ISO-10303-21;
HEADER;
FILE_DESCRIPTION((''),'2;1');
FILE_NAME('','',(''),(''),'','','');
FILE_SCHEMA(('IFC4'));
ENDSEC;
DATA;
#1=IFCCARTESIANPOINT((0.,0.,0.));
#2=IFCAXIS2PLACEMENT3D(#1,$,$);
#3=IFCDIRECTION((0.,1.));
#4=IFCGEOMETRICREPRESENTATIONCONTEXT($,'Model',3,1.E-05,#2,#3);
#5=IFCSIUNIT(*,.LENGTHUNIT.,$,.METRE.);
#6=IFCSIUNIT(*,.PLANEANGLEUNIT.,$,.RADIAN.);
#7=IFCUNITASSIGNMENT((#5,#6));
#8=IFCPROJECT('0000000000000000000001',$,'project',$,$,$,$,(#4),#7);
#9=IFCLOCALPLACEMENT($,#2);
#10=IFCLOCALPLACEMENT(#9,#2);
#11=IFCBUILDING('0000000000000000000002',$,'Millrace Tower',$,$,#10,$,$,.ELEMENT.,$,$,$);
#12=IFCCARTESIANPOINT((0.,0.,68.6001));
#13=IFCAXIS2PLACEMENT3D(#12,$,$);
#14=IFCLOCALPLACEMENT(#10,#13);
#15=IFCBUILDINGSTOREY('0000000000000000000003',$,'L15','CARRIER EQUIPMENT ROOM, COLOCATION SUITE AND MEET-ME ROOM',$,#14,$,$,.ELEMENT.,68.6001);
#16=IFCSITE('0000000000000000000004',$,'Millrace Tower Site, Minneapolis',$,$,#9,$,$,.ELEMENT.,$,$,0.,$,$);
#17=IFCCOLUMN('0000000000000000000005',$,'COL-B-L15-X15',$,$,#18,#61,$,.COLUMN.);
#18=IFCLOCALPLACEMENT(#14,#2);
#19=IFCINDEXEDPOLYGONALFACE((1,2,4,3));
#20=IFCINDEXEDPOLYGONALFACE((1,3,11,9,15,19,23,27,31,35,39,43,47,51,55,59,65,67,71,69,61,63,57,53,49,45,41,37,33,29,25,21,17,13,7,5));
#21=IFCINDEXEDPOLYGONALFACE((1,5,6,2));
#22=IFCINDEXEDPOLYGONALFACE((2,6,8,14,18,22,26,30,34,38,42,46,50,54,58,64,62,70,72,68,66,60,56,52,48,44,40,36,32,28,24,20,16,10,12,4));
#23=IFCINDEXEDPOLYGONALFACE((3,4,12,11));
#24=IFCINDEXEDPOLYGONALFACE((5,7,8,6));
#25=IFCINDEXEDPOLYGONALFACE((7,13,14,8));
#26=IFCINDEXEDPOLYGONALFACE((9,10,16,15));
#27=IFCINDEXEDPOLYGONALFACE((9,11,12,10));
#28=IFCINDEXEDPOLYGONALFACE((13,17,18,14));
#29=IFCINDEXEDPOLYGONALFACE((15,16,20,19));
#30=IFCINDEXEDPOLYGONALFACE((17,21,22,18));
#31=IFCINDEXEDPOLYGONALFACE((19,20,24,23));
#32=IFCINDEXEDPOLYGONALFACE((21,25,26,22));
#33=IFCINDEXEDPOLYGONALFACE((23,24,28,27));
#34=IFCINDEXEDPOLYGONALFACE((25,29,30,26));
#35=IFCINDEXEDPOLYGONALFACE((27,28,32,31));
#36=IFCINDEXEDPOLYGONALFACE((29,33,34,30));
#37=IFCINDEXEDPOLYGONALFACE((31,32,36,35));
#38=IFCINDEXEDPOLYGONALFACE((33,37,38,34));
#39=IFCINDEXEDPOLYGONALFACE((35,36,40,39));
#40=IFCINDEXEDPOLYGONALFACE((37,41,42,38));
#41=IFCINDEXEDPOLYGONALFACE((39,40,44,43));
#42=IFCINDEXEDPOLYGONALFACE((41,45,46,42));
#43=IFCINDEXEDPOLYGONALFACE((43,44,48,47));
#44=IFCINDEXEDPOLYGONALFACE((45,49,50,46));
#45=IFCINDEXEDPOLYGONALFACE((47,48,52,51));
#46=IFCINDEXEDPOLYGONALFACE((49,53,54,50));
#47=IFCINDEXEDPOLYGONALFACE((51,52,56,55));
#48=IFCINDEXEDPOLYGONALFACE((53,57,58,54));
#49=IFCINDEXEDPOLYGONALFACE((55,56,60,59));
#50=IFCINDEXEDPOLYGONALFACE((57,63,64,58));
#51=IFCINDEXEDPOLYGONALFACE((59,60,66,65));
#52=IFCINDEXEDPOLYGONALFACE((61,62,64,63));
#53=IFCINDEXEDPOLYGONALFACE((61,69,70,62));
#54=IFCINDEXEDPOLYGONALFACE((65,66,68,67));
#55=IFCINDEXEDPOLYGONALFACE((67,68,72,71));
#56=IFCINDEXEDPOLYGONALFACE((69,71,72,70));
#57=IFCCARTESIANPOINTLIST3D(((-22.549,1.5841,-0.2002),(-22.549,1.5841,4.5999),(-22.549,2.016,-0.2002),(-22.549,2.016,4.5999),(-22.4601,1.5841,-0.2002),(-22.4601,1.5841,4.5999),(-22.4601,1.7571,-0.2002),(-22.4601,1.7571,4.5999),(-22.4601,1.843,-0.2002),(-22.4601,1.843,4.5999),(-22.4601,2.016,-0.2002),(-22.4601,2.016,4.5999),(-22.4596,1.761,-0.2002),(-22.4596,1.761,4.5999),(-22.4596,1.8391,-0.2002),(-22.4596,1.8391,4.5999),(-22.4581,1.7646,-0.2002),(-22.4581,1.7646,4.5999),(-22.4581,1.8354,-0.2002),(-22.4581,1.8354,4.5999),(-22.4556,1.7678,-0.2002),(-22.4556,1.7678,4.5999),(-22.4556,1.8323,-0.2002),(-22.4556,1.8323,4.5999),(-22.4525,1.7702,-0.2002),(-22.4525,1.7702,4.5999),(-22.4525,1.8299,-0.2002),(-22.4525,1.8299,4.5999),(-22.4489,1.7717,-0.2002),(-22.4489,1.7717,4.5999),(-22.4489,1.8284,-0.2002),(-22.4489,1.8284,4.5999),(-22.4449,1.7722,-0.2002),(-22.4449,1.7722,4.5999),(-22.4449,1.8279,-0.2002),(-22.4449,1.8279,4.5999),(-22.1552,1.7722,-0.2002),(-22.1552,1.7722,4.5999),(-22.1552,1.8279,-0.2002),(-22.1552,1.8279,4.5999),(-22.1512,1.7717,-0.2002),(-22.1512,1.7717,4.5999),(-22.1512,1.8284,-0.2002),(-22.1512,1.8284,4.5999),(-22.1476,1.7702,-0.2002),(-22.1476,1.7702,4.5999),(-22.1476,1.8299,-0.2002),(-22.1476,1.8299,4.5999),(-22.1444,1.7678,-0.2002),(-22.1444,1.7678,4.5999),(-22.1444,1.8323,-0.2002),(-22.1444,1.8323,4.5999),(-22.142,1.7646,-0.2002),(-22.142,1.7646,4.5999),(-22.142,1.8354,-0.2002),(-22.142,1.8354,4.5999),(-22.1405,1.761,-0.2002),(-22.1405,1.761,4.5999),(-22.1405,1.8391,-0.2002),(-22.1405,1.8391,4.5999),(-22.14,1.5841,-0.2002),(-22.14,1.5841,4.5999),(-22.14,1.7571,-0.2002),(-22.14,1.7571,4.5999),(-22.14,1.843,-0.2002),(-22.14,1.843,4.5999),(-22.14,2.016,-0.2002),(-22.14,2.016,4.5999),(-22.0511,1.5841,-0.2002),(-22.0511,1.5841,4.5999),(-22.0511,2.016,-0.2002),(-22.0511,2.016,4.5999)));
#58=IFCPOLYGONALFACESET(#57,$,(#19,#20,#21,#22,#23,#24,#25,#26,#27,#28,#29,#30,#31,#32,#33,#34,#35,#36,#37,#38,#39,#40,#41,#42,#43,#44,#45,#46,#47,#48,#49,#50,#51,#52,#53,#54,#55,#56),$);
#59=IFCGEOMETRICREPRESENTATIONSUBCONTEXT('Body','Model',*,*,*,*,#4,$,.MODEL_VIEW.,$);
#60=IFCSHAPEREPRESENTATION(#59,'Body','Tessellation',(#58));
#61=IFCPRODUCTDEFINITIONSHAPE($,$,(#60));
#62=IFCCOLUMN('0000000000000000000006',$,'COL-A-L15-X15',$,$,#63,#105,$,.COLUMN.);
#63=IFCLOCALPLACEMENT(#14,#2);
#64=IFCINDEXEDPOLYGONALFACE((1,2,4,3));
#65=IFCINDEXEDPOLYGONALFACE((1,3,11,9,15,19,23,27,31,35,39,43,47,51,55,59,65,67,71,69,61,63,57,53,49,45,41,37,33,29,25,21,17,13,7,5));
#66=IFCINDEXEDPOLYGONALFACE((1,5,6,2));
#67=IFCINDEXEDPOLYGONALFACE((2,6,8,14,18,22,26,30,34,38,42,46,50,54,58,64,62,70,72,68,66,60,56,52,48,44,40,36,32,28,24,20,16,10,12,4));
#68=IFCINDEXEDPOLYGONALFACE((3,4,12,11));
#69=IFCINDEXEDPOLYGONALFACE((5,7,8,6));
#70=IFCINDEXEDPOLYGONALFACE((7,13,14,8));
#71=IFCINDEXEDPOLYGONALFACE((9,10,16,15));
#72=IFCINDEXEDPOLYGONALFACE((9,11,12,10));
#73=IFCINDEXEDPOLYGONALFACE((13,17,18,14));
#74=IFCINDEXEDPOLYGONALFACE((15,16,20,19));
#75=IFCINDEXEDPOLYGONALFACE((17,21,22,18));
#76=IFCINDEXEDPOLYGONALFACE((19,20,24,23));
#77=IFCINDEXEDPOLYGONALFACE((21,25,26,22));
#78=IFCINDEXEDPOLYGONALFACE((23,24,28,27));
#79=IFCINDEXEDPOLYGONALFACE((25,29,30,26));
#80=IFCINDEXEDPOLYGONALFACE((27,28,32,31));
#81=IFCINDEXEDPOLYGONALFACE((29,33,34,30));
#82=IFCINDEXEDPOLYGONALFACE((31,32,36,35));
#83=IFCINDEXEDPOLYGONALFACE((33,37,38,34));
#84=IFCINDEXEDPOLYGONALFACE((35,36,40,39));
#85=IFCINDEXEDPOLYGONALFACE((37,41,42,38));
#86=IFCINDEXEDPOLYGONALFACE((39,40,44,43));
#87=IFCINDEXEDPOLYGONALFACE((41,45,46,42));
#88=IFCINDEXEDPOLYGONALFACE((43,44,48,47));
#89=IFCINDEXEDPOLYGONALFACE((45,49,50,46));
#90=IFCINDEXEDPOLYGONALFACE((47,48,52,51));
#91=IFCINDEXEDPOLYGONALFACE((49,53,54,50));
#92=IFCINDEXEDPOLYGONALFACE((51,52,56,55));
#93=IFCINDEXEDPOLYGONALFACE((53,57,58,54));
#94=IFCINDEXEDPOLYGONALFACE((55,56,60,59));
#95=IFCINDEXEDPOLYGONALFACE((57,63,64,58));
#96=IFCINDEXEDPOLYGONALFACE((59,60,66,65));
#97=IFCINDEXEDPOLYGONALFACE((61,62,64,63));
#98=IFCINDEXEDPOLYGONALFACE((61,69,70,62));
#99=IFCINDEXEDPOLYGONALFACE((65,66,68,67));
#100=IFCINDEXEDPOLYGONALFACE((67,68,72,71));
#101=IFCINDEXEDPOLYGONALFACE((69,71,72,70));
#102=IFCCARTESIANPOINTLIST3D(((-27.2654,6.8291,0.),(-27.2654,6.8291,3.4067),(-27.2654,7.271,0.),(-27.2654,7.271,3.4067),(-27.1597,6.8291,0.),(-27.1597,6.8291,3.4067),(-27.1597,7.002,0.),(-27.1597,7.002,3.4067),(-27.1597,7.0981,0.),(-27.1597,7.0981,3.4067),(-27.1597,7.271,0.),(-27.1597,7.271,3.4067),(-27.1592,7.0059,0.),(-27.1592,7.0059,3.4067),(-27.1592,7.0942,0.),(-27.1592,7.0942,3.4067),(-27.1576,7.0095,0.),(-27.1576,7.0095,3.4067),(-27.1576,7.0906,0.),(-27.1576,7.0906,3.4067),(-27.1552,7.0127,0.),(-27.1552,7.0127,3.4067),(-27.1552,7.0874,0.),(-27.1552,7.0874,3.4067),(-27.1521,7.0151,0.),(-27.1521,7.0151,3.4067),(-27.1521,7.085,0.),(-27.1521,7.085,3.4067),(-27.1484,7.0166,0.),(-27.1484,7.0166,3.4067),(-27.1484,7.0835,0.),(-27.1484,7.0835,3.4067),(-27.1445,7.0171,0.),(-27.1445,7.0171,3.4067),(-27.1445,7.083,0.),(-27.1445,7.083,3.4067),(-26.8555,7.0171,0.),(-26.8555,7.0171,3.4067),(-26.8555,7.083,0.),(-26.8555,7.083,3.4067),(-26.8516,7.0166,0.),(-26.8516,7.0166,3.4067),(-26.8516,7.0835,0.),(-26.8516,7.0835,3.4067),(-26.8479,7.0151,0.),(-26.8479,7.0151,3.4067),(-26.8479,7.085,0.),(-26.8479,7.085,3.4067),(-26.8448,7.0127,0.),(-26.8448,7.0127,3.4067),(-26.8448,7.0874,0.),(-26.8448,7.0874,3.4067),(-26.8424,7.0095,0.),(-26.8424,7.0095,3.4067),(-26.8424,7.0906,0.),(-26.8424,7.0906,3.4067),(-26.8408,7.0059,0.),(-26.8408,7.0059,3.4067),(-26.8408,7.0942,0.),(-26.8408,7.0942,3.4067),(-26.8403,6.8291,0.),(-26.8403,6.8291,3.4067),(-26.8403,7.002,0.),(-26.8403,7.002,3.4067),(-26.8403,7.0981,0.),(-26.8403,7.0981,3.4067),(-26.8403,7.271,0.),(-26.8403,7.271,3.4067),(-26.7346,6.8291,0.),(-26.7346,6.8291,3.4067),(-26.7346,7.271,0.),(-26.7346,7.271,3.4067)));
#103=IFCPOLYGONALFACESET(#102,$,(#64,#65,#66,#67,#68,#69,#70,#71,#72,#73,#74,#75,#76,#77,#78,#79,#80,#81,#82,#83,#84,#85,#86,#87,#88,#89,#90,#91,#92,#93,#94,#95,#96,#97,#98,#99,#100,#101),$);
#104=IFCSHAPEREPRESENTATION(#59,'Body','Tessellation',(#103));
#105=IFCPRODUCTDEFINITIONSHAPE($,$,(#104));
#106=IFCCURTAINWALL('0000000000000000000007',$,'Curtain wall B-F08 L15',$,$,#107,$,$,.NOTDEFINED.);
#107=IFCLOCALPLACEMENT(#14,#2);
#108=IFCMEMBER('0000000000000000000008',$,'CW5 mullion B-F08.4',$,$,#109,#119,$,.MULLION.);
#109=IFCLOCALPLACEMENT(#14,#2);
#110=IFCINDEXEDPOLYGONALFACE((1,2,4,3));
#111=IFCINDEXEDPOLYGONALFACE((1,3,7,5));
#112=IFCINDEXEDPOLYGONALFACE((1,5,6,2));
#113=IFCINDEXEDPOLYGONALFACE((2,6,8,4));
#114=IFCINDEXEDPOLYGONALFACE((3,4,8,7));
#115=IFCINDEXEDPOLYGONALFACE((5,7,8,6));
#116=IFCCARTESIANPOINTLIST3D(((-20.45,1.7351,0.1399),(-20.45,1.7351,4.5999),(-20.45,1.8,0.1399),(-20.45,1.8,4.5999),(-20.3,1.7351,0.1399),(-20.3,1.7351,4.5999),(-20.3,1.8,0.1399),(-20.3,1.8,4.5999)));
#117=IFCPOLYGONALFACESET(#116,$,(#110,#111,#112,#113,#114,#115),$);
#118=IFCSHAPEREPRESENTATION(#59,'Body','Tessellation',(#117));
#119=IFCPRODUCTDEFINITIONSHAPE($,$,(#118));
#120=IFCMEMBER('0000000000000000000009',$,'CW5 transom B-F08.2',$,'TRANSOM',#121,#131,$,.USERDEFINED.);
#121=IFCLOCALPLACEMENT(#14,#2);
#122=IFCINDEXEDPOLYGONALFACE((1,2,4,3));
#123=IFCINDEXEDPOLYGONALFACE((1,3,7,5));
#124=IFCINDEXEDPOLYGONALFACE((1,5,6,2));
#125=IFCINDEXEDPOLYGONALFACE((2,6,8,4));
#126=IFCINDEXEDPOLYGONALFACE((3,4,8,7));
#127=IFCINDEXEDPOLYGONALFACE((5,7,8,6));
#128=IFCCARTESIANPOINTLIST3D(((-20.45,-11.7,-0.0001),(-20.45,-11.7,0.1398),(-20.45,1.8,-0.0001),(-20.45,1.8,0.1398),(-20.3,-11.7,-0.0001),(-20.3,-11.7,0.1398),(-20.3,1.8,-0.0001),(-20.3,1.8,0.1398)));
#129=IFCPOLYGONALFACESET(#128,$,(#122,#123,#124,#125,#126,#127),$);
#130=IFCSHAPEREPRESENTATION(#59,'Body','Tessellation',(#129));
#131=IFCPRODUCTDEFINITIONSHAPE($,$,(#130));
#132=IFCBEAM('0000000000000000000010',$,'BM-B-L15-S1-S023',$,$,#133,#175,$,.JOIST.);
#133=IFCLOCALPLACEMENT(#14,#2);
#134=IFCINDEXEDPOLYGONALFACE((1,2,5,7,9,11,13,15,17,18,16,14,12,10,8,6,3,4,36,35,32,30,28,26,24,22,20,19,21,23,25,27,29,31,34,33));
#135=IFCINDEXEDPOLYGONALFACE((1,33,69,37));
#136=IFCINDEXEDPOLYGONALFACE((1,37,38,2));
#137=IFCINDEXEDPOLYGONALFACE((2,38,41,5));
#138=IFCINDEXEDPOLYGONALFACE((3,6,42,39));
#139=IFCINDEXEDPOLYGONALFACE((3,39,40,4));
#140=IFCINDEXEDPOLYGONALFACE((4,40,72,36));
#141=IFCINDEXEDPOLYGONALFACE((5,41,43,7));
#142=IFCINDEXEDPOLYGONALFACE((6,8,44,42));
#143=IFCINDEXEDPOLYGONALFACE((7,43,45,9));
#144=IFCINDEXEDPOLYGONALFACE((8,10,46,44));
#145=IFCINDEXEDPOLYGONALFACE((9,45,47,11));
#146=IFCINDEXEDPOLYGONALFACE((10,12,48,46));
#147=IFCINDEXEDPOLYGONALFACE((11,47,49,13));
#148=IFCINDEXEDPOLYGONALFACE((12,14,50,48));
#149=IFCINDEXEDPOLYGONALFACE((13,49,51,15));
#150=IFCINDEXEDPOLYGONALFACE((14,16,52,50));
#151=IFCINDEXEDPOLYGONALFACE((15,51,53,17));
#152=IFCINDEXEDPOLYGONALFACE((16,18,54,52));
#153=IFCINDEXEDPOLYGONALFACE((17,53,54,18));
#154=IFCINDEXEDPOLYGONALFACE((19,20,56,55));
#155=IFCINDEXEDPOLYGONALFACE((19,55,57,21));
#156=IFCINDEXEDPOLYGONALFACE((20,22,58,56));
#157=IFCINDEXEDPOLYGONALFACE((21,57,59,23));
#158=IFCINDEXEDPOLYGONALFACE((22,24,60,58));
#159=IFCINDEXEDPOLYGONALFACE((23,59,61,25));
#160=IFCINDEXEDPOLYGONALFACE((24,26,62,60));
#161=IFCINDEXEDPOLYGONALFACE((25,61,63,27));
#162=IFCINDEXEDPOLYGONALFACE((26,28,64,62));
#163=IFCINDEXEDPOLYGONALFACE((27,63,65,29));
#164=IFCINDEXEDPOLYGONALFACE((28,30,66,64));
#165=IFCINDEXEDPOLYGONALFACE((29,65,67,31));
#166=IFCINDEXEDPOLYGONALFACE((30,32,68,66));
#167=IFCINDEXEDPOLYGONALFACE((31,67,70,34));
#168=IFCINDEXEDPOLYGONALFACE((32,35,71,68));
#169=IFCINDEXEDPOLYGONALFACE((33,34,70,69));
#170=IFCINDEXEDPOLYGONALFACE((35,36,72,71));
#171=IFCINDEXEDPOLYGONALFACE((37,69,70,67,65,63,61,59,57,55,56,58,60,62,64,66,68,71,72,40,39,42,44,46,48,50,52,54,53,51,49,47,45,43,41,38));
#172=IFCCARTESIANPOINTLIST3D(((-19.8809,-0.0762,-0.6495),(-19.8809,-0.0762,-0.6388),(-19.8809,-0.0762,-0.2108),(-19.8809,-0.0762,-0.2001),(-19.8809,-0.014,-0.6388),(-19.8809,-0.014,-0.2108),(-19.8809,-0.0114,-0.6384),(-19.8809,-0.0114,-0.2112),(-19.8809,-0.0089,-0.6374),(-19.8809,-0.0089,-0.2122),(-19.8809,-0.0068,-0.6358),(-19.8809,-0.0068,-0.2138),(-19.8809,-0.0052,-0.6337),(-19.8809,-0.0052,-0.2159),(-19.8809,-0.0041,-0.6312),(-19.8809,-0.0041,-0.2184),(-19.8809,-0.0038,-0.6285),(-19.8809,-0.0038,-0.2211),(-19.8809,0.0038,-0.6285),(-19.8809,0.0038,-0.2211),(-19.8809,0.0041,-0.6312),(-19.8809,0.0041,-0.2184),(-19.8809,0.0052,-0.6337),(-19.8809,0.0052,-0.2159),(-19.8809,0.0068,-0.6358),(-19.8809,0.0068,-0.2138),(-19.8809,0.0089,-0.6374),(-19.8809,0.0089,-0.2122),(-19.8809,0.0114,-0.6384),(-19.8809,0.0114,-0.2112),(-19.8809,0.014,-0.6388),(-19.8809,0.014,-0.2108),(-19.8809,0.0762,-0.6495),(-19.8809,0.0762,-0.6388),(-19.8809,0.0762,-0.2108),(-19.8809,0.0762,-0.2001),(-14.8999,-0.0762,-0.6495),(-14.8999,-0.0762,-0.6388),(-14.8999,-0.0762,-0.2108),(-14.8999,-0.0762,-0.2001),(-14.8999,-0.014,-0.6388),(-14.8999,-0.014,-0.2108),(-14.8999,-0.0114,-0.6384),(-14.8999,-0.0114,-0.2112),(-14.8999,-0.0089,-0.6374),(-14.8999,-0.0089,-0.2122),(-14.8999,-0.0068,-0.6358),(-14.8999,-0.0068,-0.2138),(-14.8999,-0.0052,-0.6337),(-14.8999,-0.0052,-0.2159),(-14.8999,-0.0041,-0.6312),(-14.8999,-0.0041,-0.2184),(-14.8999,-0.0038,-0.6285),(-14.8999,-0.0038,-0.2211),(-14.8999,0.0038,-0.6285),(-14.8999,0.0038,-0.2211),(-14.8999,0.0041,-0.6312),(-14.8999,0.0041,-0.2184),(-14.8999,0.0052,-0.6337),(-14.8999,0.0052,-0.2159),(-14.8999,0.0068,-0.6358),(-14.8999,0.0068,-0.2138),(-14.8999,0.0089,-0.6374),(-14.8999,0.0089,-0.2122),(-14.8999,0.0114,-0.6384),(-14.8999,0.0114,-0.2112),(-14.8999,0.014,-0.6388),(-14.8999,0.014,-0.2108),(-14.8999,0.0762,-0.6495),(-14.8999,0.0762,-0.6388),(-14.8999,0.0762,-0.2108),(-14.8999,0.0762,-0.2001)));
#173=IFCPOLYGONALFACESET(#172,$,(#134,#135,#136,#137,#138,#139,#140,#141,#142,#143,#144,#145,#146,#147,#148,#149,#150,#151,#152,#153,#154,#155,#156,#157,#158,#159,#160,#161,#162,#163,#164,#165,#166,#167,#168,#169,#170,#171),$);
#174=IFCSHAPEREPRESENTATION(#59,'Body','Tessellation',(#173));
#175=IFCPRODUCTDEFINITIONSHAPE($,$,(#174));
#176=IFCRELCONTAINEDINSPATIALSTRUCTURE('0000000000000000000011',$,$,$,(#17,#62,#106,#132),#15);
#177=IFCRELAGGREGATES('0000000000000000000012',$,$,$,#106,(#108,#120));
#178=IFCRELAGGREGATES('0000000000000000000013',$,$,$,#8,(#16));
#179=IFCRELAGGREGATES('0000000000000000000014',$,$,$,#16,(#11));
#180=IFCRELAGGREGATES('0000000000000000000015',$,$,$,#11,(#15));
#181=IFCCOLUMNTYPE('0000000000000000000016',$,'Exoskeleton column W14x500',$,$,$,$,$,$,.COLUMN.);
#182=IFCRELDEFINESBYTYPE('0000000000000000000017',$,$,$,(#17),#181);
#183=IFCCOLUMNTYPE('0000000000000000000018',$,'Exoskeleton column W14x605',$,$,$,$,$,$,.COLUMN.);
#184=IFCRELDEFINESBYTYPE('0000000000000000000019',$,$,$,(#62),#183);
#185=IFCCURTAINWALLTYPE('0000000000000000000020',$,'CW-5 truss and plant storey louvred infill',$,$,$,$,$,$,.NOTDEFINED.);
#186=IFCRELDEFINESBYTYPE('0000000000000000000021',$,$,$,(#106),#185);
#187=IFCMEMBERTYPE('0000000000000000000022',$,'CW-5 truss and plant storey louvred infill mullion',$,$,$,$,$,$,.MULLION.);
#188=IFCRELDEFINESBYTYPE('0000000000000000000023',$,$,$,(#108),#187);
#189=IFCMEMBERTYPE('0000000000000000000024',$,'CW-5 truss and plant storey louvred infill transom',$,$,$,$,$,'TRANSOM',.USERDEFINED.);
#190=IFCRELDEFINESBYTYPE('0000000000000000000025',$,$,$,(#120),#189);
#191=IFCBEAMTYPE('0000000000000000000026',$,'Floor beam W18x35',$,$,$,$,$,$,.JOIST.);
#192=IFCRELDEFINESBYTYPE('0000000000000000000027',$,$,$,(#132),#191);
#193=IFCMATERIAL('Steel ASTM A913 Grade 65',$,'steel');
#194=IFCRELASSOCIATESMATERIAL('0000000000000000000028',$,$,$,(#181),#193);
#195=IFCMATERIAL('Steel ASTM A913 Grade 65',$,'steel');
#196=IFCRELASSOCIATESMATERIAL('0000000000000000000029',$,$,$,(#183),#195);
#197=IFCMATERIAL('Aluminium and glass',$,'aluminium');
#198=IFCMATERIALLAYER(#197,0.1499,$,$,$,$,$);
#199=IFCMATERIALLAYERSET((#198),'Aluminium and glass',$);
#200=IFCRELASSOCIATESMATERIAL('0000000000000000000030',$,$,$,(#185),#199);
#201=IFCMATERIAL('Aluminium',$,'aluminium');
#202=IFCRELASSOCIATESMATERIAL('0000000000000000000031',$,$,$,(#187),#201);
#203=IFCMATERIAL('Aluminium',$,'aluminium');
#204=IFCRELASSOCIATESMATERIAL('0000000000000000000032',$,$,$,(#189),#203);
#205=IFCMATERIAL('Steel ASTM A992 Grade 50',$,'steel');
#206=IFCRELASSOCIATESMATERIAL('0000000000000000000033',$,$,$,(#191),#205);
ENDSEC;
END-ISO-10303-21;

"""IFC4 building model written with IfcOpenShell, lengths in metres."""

from ifc_helpers import new_model, si_unit, direction, frame, origin, origin_2d, place, context, subcontext, project, spatial, rectangle, i_section, extrude, material, layer, layer_set, material_profile, profile_set, type_object, element, aggregate, save


model = new_model("IFC4")

# Units and contexts
model_context = context("Model", 3, precision=1e-05, world=origin(), true_north=direction((0.0, 1.0)))
body_context = subcontext(model_context, "Body", "Model", "MODEL_VIEW")
ifc_project = project(units=[si_unit("LENGTHUNIT", "METRE"), si_unit("PLANEANGLEUNIT", "RADIAN")], contexts=[model_context])

# Site, building, storey
site_placement = place(None, origin())
site = spatial("IfcSite", under=ifc_project, at=site_placement, Name="Millrace Tower Site, Minneapolis", CompositionType="ELEMENT", RefElevation=0.0)
building_placement = place(site_placement, origin())
building = spatial("IfcBuilding", under=site, at=building_placement, Name="Millrace Tower", CompositionType="ELEMENT")
storey_placement = place(building_placement, frame((0.0, 0.0, 68.6001)))
storey = spatial("IfcBuildingStorey", under=building, at=storey_placement, Name="L15", Description="CARRIER EQUIPMENT ROOM, COLOCATION SUITE AND MEET-ME ROOM", CompositionType="ELEMENT", Elevation=68.6001)

# Columns
ifc_material_1 = material(Name="Steel ASTM A913 Grade 65", Category="steel")
ifc_material_profile_1 = material_profile(ifc_material_1, i_section(OverallWidth=0.4319, OverallDepth=0.4978, WebThickness=0.0557, FlangeThickness=0.0889, FilletRadius=0.0151, at=origin_2d()))
ifc_profile_set_1 = profile_set([ifc_material_profile_1], Name="Steel ASTM A913 Grade 65")
column_type_1 = type_object("IfcColumnType", Name="Exoskeleton column W14x500", PredefinedType="COLUMN", material=ifc_profile_set_1)
column_1_placement = place(storey_placement, frame((-22.3, 1.8, -0.2002), z_axis=(0.0, 0.0, 1.0), x_axis=(0.0, -1.0, 0.0)))
element("IfcColumn", 1, at=column_1_placement, inside=storey, type_object=column_type_1, Name="COL-B-L15-X15", PredefinedType="COLUMN", context=body_context, shape_type="SweptSolid", body=[
    extrude(i_section(OverallWidth=0.4319, OverallDepth=0.4978, WebThickness=0.0557, FlangeThickness=0.0889, FilletRadius=0.0151, at=origin_2d()), origin(), (0.0, 0.0, 1.0), 4.8),
])
ifc_material_2 = material(Name="Steel ASTM A913 Grade 65", Category="steel")
ifc_material_profile_2 = material_profile(ifc_material_2, i_section(OverallWidth=0.4419, OverallDepth=0.5308, WebThickness=0.0659, FlangeThickness=0.1057, FilletRadius=0.0151, at=origin_2d()))
ifc_profile_set_2 = profile_set([ifc_material_profile_2], Name="Steel ASTM A913 Grade 65")
column_type_2 = type_object("IfcColumnType", Name="Exoskeleton column W14x605", PredefinedType="COLUMN", material=ifc_profile_set_2)
column_2_placement = place(storey_placement, frame((-27.0, 7.05, 0.0), z_axis=(0.0, 0.0, 1.0), x_axis=(0.0, -1.0, 0.0)))
element("IfcColumn", 2, at=column_2_placement, inside=storey, type_object=column_type_2, Name="COL-A-L15-X15", PredefinedType="COLUMN", context=body_context, shape_type="SweptSolid", body=[
    extrude(i_section(OverallWidth=0.4419, OverallDepth=0.5308, WebThickness=0.0659, FlangeThickness=0.1057, FilletRadius=0.0151, at=origin_2d()), origin(), (0.0, 0.0, 1.0), 3.4067),
])

# Curtain wall, members
ifc_material_3 = material(Name="Aluminium and glass", Category="aluminium")
ifc_layer_1 = layer(ifc_material_3, 0.1499)
ifc_layer_set_1 = layer_set([ifc_layer_1], Name="Aluminium and glass")
curtain_wall_type = type_object("IfcCurtainWallType", Name="CW-5 truss and plant storey louvred infill", PredefinedType="NOTDEFINED", material=ifc_layer_set_1)
curtain_wall_placement = place(storey_placement, origin())
curtain_wall = element("IfcCurtainWall", 3, at=curtain_wall_placement, inside=storey, type_object=curtain_wall_type, Name="Curtain wall B-F08 L15", PredefinedType="NOTDEFINED")
ifc_material_4 = material(Name="Aluminium", Category="aluminium")
ifc_material_profile_3 = material_profile(ifc_material_4, rectangle(XDim=0.0649, YDim=0.1499, at=origin_2d()))
ifc_profile_set_3 = profile_set([ifc_material_profile_3], Name="Aluminium")
member_type_1 = type_object("IfcMemberType", Name="CW-5 truss and plant storey louvred infill mullion", PredefinedType="MULLION", material=ifc_profile_set_3)
member_1_placement = place(storey_placement, frame((-20.375, 1.7676, 0.1399), z_axis=(0.0, 0.0, 1.0), x_axis=(0.0, -1.0, 0.0)))
member_1 = element("IfcMember", 4, at=member_1_placement, type_object=member_type_1, Name="CW5 mullion B-F08.4", PredefinedType="MULLION", context=body_context, shape_type="SweptSolid", body=[
    extrude(rectangle(XDim=0.0649, YDim=0.1499, at=origin_2d()), origin(), (0.0, 0.0, 1.0), 4.46),
])
ifc_material_5 = material(Name="Aluminium", Category="aluminium")
ifc_material_profile_4 = material_profile(ifc_material_5, rectangle(XDim=0.1499, YDim=0.1399, at=origin_2d()))
ifc_profile_set_4 = profile_set([ifc_material_profile_4], Name="Aluminium")
member_type_2 = type_object("IfcMemberType", Name="CW-5 truss and plant storey louvred infill transom", ElementType="TRANSOM", PredefinedType="USERDEFINED", material=ifc_profile_set_4)
member_2_placement = place(storey_placement, frame((-20.375, 1.8, 0.0698), z_axis=(0.0, -1.0, 0.0), x_axis=(1.0, 0.0, 0.0)))
member_2 = element("IfcMember", 5, at=member_2_placement, type_object=member_type_2, Name="CW5 transom B-F08.2", ObjectType="TRANSOM", PredefinedType="USERDEFINED", context=body_context, shape_type="SweptSolid", body=[
    extrude(rectangle(XDim=0.1499, YDim=0.1399, at=origin_2d()), origin(), (0.0, 0.0, 1.0), 13.5),
])
aggregate(curtain_wall, [member_1, member_2])

# Beam
ifc_material_6 = material(Name="Steel ASTM A992 Grade 50", Category="steel")
ifc_material_profile_5 = material_profile(ifc_material_6, i_section(OverallWidth=0.1523, OverallDepth=0.4495, WebThickness=0.0076, FlangeThickness=0.0107, FilletRadius=0.0103, at=origin_2d()))
ifc_profile_set_5 = profile_set([ifc_material_profile_5], Name="Steel ASTM A992 Grade 50")
beam_type_1 = type_object("IfcBeamType", Name="Floor beam W18x35", PredefinedType="JOIST", material=ifc_profile_set_5)
for number, where, z_axis, x_axis, name in (
    (6, (-19.8809, 0.0, -0.4248), (1.0, 0.0, 0.0), (0.0, 1.0, 0.0), "BM-B-L15-S1-S023"),
):
    element("IfcBeam", number, at=place(storey_placement, frame(where, z_axis=z_axis, x_axis=x_axis)), inside=storey, type_object=beam_type_1, Name=name, PredefinedType="JOIST", context=body_context, shape_type="SweptSolid", body=[
        extrude(i_section(OverallWidth=0.1523, OverallDepth=0.4495, WebThickness=0.0076, FlangeThickness=0.0107, FilletRadius=0.0103, at=origin_2d()), origin(), (0.0, 0.0, 1.0), 4.981),
    ])

save(model, "model.ifc")
